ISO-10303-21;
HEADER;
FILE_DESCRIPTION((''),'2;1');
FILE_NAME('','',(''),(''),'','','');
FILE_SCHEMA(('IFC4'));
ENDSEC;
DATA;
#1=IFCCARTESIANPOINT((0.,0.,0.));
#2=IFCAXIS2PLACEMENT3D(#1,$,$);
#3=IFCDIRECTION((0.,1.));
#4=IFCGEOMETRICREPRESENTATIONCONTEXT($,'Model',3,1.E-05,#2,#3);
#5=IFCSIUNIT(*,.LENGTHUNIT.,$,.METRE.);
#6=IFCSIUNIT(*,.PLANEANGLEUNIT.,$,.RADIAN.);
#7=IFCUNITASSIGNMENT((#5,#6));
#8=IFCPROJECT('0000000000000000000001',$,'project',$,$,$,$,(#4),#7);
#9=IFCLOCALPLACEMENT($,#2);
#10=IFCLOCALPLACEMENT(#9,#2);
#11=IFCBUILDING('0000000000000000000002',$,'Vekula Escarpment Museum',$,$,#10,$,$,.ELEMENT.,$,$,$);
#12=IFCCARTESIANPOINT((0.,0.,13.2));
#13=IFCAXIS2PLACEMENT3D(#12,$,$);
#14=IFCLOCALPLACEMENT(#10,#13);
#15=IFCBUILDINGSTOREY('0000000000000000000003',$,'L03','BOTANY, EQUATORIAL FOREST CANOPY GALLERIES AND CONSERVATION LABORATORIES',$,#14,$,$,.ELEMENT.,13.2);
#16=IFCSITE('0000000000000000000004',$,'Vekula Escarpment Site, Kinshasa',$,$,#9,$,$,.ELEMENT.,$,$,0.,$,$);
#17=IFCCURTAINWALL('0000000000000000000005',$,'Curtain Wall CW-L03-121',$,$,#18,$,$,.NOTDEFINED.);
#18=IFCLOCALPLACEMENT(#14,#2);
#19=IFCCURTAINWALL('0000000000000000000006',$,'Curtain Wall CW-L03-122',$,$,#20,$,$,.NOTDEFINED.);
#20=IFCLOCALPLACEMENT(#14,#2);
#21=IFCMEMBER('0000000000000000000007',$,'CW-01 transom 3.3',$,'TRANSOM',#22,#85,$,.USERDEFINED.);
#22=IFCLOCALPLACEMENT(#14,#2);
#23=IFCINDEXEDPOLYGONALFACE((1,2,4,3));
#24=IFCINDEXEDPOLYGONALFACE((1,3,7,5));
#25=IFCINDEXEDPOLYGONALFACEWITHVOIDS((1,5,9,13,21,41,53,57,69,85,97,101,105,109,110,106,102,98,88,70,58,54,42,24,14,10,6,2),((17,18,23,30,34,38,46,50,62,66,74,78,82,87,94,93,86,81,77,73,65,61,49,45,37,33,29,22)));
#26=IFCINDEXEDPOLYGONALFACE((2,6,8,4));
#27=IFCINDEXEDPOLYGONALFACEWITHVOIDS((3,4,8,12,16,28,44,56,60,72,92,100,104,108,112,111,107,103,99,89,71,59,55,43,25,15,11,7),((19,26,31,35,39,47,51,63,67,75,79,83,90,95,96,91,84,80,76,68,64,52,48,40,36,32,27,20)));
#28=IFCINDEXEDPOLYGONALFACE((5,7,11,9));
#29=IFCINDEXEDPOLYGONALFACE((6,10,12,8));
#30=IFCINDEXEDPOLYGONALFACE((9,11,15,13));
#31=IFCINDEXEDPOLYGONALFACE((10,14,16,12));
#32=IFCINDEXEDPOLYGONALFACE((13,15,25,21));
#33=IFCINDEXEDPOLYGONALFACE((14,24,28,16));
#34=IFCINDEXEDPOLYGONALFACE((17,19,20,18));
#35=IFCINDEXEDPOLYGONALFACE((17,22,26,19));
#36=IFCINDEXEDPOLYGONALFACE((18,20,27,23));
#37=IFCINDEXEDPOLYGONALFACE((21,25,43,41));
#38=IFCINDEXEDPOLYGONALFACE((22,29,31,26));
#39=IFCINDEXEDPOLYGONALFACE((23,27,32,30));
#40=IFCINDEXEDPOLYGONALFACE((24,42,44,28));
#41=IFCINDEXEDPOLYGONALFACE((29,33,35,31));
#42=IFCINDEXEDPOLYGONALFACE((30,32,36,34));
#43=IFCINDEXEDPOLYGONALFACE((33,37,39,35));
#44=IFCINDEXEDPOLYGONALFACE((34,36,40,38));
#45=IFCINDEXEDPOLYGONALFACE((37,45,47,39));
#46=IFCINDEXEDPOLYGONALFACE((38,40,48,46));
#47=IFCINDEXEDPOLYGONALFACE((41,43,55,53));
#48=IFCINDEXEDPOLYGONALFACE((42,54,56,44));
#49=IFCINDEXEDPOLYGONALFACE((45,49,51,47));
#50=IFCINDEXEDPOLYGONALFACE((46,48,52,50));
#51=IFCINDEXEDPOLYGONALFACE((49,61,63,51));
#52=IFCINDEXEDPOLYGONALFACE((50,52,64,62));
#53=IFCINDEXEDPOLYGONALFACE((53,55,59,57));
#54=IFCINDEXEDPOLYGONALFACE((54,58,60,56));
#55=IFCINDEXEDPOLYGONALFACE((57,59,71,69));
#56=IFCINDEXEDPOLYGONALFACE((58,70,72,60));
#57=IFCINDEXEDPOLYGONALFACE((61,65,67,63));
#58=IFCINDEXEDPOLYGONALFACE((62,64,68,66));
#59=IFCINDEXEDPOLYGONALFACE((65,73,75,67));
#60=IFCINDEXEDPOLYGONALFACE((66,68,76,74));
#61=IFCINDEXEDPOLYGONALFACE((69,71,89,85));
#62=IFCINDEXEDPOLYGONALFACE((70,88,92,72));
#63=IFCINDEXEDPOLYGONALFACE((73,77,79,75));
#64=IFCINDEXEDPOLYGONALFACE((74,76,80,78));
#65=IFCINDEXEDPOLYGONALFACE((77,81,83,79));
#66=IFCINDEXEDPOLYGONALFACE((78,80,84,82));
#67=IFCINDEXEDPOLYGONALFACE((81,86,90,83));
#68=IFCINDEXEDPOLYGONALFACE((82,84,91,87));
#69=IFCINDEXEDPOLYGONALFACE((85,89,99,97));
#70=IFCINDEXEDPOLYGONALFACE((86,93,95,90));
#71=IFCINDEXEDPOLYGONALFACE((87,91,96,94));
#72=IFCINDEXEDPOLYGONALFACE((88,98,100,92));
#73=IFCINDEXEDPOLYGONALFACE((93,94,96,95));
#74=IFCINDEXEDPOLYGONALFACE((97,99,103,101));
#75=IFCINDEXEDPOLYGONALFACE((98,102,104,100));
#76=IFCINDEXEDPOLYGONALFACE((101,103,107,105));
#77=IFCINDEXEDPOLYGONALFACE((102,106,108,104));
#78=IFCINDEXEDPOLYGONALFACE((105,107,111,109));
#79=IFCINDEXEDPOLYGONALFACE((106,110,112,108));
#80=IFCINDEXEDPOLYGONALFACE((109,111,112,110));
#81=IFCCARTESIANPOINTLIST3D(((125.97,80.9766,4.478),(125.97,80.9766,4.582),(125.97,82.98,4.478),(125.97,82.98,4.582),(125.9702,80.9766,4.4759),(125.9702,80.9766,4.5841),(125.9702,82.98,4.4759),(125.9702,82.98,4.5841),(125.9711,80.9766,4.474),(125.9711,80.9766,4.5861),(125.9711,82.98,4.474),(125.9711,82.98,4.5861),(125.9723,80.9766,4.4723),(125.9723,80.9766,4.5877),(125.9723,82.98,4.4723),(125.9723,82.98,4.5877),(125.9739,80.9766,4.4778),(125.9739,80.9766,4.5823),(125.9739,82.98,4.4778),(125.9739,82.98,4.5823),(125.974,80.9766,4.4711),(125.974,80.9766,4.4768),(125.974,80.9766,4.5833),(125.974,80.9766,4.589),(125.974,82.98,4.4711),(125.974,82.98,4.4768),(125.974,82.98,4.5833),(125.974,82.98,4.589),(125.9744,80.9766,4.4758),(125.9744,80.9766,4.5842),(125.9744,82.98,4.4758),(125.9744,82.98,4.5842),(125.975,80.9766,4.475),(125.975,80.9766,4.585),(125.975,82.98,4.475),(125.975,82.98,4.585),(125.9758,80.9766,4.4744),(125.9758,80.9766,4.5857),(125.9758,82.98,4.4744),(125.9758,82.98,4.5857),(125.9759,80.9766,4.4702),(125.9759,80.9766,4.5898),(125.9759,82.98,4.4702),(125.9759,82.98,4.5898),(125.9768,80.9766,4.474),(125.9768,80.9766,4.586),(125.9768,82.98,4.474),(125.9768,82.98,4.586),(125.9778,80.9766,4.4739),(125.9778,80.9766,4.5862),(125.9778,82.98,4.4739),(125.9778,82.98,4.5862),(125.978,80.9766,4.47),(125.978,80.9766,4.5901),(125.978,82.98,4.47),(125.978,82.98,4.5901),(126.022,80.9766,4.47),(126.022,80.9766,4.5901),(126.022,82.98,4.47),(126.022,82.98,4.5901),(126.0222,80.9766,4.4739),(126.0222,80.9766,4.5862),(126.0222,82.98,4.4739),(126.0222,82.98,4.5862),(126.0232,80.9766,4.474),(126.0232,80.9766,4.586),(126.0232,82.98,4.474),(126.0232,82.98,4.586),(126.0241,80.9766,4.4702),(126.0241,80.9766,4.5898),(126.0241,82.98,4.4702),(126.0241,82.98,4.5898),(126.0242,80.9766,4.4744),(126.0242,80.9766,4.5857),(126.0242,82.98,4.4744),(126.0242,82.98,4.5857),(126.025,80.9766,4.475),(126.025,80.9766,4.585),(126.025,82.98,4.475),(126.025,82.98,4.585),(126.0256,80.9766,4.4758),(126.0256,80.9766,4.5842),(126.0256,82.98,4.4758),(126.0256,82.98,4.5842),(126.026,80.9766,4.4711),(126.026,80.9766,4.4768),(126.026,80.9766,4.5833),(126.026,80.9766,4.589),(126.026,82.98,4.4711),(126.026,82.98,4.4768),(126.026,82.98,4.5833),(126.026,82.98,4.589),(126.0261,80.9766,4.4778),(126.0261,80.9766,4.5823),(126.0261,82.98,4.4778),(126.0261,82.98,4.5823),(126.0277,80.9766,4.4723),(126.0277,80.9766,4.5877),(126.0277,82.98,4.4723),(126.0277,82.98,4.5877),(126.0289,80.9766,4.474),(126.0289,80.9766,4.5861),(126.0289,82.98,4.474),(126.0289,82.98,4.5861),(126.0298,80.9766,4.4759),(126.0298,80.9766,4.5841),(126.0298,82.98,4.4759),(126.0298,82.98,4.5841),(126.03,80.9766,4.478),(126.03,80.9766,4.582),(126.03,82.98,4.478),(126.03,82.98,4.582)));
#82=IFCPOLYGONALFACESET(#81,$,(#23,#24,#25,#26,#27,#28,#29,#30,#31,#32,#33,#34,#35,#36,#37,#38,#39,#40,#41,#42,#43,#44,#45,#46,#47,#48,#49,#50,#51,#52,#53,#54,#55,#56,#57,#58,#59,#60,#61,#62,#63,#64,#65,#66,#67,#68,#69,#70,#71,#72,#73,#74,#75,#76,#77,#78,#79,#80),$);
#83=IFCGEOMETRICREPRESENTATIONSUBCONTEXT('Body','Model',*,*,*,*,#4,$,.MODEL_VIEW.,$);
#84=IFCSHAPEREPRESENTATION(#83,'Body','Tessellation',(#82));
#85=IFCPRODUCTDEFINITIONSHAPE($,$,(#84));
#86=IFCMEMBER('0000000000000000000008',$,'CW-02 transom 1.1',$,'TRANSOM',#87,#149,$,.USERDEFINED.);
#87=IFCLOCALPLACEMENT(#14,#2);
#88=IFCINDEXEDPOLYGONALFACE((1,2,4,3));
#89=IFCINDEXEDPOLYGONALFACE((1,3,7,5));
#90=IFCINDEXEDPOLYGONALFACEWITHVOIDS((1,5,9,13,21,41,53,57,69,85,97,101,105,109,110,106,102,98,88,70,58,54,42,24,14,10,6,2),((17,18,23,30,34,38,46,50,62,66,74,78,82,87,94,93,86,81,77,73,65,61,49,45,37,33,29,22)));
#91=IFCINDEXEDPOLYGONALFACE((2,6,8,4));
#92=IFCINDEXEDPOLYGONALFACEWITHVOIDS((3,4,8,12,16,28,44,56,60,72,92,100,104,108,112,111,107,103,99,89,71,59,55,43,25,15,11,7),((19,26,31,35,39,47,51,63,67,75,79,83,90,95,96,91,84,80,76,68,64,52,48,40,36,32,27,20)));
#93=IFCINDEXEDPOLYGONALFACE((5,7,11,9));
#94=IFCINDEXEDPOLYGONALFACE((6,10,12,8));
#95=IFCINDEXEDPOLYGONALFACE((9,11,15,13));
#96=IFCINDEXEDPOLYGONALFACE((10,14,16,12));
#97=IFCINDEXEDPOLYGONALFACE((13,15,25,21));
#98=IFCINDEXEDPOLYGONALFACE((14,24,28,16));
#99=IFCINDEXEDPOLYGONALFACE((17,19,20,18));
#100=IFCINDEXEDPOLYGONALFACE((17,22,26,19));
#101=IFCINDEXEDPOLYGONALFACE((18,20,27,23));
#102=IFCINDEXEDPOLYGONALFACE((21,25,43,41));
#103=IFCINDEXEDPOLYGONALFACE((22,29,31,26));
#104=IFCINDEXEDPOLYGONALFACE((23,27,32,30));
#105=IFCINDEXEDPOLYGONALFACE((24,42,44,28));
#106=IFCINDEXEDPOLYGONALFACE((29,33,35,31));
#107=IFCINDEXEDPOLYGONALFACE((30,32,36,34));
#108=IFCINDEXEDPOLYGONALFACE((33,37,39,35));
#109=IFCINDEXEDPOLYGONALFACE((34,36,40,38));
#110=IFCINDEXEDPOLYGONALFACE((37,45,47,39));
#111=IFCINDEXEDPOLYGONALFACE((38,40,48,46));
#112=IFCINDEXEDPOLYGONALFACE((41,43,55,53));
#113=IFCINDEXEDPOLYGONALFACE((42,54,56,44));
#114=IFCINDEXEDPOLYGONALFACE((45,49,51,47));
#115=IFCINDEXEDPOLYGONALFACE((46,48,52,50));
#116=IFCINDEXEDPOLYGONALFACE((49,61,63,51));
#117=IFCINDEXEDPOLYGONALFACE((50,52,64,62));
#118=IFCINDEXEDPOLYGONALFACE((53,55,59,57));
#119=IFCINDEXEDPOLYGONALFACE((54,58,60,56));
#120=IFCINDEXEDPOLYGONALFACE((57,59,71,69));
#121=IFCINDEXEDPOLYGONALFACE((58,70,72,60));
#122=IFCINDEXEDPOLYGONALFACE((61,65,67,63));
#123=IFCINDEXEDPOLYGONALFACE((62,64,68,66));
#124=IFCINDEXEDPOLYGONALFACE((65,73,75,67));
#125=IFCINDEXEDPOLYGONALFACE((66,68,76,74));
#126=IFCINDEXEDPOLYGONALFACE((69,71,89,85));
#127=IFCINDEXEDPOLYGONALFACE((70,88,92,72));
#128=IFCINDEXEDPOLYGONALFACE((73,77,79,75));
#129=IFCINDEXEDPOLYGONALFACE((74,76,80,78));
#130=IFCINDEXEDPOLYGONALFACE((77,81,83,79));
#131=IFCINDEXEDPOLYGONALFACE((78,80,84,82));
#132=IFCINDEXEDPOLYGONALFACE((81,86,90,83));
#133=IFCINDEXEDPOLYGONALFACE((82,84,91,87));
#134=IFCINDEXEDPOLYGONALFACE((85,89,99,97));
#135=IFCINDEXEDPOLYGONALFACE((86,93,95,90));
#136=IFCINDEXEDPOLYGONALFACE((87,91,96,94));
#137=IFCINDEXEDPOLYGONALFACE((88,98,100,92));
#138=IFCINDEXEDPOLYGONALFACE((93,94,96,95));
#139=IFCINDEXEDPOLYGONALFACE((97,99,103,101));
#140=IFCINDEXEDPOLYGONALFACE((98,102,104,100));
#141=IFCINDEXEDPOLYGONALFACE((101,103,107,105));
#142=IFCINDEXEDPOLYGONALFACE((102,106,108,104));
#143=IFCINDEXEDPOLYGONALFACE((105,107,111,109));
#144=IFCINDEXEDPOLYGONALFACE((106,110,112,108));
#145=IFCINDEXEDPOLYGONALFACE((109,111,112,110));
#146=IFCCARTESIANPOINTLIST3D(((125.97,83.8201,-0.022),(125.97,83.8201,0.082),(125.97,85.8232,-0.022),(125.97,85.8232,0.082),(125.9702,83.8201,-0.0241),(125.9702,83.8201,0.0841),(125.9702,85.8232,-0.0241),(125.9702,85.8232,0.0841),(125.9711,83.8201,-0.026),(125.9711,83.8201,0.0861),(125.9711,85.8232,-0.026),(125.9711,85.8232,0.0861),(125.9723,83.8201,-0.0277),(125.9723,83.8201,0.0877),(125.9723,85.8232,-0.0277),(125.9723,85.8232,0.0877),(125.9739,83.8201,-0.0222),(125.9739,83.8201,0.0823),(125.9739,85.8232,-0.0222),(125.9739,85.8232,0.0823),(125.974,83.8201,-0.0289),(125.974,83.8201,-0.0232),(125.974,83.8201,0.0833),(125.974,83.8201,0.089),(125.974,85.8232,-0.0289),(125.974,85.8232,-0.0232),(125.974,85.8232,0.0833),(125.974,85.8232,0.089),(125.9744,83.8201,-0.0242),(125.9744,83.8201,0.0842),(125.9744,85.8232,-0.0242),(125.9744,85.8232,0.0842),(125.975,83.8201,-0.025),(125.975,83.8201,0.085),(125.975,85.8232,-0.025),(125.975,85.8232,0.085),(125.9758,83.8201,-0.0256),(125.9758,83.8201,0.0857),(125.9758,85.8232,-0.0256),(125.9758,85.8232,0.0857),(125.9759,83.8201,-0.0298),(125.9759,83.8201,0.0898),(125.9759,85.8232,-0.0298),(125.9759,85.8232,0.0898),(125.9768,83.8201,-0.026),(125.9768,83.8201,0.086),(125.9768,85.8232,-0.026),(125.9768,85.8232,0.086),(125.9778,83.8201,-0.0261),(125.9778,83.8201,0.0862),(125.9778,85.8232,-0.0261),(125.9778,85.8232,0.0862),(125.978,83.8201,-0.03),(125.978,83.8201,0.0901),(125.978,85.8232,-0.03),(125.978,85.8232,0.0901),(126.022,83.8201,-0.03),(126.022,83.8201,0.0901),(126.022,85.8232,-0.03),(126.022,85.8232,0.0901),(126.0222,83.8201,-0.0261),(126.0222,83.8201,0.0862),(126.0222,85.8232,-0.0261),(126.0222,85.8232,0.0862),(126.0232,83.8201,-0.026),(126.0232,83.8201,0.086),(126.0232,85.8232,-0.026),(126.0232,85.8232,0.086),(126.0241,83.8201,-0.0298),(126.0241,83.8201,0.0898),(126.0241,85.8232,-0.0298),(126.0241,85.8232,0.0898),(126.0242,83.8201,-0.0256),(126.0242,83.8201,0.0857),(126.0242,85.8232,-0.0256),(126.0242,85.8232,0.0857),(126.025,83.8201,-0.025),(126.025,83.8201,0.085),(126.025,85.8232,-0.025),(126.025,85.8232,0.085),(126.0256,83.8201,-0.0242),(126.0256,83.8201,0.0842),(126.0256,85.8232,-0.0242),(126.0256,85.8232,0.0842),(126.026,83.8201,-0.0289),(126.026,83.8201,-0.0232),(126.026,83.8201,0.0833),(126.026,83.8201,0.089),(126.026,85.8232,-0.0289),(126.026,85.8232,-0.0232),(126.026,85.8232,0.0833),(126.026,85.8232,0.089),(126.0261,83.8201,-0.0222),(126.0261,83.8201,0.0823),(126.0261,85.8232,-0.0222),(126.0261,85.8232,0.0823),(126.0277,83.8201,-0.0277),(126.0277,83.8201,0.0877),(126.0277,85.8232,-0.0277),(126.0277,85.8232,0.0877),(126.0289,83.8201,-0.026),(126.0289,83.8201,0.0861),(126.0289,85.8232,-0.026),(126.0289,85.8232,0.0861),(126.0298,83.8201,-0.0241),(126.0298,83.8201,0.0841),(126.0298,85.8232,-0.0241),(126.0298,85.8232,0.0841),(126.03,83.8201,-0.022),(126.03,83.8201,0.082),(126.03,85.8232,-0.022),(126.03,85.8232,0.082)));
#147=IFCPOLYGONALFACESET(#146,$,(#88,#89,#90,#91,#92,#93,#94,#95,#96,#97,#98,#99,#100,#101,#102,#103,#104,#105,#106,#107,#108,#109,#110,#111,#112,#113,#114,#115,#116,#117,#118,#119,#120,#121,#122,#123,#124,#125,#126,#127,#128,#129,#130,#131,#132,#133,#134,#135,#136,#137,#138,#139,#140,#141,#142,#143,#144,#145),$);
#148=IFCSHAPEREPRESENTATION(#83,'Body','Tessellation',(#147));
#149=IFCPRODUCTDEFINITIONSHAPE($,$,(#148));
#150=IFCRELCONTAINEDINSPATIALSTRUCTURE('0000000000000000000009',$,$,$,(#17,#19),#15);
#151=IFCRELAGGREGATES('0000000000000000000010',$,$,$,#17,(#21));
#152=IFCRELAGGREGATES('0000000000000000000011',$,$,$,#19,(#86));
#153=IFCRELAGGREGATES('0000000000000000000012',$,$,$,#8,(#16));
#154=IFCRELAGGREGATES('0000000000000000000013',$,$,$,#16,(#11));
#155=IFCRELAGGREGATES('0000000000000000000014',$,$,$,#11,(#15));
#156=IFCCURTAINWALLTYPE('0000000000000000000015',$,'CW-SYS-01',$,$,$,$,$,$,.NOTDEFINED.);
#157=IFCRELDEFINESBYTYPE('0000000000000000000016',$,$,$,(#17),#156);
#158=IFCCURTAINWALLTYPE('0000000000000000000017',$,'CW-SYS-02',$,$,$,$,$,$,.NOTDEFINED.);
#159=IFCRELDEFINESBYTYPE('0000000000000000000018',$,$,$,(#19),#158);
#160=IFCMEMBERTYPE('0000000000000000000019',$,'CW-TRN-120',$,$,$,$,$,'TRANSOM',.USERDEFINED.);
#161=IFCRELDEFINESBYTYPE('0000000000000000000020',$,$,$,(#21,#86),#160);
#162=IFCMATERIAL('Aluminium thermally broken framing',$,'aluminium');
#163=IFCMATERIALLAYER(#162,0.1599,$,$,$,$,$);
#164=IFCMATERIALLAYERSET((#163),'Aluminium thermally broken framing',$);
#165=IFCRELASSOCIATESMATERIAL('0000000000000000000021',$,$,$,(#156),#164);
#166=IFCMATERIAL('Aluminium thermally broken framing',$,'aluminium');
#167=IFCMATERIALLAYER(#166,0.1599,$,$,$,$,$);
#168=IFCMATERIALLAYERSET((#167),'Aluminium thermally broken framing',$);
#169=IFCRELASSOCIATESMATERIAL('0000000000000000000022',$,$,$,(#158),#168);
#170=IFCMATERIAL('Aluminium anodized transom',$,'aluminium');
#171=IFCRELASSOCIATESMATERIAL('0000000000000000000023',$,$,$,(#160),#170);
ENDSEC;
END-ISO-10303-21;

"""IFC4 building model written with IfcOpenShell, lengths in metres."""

from ifc_helpers import new_model, si_unit, direction, frame, origin, origin_2d, place, context, subcontext, project, spatial, hollow_rectangle, extrude, material, layer, layer_set, material_profile, profile_set, type_object, element, aggregate, save


model = new_model("IFC4")

# Units and contexts
model_context = context("Model", 3, precision=1e-05, world=origin(), true_north=direction((0.0, 1.0)))
body_context = subcontext(model_context, "Body", "Model", "MODEL_VIEW")
ifc_project = project(units=[si_unit("LENGTHUNIT", "METRE"), si_unit("PLANEANGLEUNIT", "RADIAN")], contexts=[model_context])

# Site, building, storey
site_placement = place(None, origin())
site = spatial("IfcSite", under=ifc_project, at=site_placement, Name="Vekula Escarpment Site, Kinshasa", CompositionType="ELEMENT", RefElevation=0.0)
building_placement = place(site_placement, origin())
building = spatial("IfcBuilding", under=site, at=building_placement, Name="Vekula Escarpment Museum", CompositionType="ELEMENT")
storey_placement = place(building_placement, frame((0.0, 0.0, 13.2)))
storey = spatial("IfcBuildingStorey", under=building, at=storey_placement, Name="L03", Description="BOTANY, EQUATORIAL FOREST CANOPY GALLERIES AND CONSERVATION LABORATORIES", CompositionType="ELEMENT", Elevation=13.2)

# Curtain walls
ifc_material_1 = material(Name="Aluminium thermally broken framing", Category="aluminium")
ifc_layer_1 = layer(ifc_material_1, 0.1599)
ifc_layer_set_1 = layer_set([ifc_layer_1], Name="Aluminium thermally broken framing")
curtain_wall_type_1 = type_object("IfcCurtainWallType", Name="CW-SYS-01", PredefinedType="NOTDEFINED", material=ifc_layer_set_1)
curtain_wall_1_placement = place(storey_placement, origin())
curtain_wall_1 = element("IfcCurtainWall", 1, at=curtain_wall_1_placement, inside=storey, type_object=curtain_wall_type_1, Name="Curtain Wall CW-L03-121", PredefinedType="NOTDEFINED")
ifc_material_2 = material(Name="Aluminium thermally broken framing", Category="aluminium")
ifc_layer_2 = layer(ifc_material_2, 0.1599)
ifc_layer_set_2 = layer_set([ifc_layer_2], Name="Aluminium thermally broken framing")
curtain_wall_type_2 = type_object("IfcCurtainWallType", Name="CW-SYS-02", PredefinedType="NOTDEFINED", material=ifc_layer_set_2)
curtain_wall_2_placement = place(storey_placement, origin())
curtain_wall_2 = element("IfcCurtainWall", 2, at=curtain_wall_2_placement, inside=storey, type_object=curtain_wall_type_2, Name="Curtain Wall CW-L03-122", PredefinedType="NOTDEFINED")

# Members
ifc_material_3 = material(Name="Aluminium anodized transom", Category="aluminium")
ifc_material_profile_1 = material_profile(ifc_material_3, hollow_rectangle(XDim=0.0601, YDim=0.1201, WallThickness=0.0039, InnerFilletRadius=0.0039, OuterFilletRadius=0.0081, at=origin_2d()), Name="ALU 120x60x4")
ifc_profile_set_1 = profile_set([ifc_material_profile_1], Name="Aluminium anodized transom")
member_type_1 = type_object("IfcMemberType", Name="CW-TRN-120", ElementType="TRANSOM", PredefinedType="USERDEFINED", material=ifc_profile_set_1)
member_1_placement = place(storey_placement, frame((126.0, 80.9766, 4.53), z_axis=(0.0, 1.0, 0.0), x_axis=(-1.0, 0.0, 0.0)))
member_1 = element("IfcMember", 3, at=member_1_placement, type_object=member_type_1, Name="CW-01 transom 3.3", ObjectType="TRANSOM", PredefinedType="USERDEFINED", context=body_context, shape_type="SweptSolid", body=[
    extrude(hollow_rectangle(XDim=0.0601, YDim=0.1201, WallThickness=0.0039, InnerFilletRadius=0.0039, OuterFilletRadius=0.0081, at=origin_2d()), origin(), (0.0, 0.0, 1.0), 2.0034),
])
member_2_placement = place(storey_placement, frame((126.0, 83.8201, 0.03), z_axis=(0.0, 1.0, 0.0), x_axis=(-1.0, 0.0, 0.0)))
member_2 = element("IfcMember", 4, at=member_2_placement, type_object=member_type_1, Name="CW-02 transom 1.1", ObjectType="TRANSOM", PredefinedType="USERDEFINED", context=body_context, shape_type="SweptSolid", body=[
    extrude(hollow_rectangle(XDim=0.0601, YDim=0.1201, WallThickness=0.0039, InnerFilletRadius=0.0039, OuterFilletRadius=0.0081, at=origin_2d()), origin(), (0.0, 0.0, 1.0), 2.0032),
])

aggregate(curtain_wall_1, [member_1])
aggregate(curtain_wall_2, [member_2])

save(model, "model.ifc")
